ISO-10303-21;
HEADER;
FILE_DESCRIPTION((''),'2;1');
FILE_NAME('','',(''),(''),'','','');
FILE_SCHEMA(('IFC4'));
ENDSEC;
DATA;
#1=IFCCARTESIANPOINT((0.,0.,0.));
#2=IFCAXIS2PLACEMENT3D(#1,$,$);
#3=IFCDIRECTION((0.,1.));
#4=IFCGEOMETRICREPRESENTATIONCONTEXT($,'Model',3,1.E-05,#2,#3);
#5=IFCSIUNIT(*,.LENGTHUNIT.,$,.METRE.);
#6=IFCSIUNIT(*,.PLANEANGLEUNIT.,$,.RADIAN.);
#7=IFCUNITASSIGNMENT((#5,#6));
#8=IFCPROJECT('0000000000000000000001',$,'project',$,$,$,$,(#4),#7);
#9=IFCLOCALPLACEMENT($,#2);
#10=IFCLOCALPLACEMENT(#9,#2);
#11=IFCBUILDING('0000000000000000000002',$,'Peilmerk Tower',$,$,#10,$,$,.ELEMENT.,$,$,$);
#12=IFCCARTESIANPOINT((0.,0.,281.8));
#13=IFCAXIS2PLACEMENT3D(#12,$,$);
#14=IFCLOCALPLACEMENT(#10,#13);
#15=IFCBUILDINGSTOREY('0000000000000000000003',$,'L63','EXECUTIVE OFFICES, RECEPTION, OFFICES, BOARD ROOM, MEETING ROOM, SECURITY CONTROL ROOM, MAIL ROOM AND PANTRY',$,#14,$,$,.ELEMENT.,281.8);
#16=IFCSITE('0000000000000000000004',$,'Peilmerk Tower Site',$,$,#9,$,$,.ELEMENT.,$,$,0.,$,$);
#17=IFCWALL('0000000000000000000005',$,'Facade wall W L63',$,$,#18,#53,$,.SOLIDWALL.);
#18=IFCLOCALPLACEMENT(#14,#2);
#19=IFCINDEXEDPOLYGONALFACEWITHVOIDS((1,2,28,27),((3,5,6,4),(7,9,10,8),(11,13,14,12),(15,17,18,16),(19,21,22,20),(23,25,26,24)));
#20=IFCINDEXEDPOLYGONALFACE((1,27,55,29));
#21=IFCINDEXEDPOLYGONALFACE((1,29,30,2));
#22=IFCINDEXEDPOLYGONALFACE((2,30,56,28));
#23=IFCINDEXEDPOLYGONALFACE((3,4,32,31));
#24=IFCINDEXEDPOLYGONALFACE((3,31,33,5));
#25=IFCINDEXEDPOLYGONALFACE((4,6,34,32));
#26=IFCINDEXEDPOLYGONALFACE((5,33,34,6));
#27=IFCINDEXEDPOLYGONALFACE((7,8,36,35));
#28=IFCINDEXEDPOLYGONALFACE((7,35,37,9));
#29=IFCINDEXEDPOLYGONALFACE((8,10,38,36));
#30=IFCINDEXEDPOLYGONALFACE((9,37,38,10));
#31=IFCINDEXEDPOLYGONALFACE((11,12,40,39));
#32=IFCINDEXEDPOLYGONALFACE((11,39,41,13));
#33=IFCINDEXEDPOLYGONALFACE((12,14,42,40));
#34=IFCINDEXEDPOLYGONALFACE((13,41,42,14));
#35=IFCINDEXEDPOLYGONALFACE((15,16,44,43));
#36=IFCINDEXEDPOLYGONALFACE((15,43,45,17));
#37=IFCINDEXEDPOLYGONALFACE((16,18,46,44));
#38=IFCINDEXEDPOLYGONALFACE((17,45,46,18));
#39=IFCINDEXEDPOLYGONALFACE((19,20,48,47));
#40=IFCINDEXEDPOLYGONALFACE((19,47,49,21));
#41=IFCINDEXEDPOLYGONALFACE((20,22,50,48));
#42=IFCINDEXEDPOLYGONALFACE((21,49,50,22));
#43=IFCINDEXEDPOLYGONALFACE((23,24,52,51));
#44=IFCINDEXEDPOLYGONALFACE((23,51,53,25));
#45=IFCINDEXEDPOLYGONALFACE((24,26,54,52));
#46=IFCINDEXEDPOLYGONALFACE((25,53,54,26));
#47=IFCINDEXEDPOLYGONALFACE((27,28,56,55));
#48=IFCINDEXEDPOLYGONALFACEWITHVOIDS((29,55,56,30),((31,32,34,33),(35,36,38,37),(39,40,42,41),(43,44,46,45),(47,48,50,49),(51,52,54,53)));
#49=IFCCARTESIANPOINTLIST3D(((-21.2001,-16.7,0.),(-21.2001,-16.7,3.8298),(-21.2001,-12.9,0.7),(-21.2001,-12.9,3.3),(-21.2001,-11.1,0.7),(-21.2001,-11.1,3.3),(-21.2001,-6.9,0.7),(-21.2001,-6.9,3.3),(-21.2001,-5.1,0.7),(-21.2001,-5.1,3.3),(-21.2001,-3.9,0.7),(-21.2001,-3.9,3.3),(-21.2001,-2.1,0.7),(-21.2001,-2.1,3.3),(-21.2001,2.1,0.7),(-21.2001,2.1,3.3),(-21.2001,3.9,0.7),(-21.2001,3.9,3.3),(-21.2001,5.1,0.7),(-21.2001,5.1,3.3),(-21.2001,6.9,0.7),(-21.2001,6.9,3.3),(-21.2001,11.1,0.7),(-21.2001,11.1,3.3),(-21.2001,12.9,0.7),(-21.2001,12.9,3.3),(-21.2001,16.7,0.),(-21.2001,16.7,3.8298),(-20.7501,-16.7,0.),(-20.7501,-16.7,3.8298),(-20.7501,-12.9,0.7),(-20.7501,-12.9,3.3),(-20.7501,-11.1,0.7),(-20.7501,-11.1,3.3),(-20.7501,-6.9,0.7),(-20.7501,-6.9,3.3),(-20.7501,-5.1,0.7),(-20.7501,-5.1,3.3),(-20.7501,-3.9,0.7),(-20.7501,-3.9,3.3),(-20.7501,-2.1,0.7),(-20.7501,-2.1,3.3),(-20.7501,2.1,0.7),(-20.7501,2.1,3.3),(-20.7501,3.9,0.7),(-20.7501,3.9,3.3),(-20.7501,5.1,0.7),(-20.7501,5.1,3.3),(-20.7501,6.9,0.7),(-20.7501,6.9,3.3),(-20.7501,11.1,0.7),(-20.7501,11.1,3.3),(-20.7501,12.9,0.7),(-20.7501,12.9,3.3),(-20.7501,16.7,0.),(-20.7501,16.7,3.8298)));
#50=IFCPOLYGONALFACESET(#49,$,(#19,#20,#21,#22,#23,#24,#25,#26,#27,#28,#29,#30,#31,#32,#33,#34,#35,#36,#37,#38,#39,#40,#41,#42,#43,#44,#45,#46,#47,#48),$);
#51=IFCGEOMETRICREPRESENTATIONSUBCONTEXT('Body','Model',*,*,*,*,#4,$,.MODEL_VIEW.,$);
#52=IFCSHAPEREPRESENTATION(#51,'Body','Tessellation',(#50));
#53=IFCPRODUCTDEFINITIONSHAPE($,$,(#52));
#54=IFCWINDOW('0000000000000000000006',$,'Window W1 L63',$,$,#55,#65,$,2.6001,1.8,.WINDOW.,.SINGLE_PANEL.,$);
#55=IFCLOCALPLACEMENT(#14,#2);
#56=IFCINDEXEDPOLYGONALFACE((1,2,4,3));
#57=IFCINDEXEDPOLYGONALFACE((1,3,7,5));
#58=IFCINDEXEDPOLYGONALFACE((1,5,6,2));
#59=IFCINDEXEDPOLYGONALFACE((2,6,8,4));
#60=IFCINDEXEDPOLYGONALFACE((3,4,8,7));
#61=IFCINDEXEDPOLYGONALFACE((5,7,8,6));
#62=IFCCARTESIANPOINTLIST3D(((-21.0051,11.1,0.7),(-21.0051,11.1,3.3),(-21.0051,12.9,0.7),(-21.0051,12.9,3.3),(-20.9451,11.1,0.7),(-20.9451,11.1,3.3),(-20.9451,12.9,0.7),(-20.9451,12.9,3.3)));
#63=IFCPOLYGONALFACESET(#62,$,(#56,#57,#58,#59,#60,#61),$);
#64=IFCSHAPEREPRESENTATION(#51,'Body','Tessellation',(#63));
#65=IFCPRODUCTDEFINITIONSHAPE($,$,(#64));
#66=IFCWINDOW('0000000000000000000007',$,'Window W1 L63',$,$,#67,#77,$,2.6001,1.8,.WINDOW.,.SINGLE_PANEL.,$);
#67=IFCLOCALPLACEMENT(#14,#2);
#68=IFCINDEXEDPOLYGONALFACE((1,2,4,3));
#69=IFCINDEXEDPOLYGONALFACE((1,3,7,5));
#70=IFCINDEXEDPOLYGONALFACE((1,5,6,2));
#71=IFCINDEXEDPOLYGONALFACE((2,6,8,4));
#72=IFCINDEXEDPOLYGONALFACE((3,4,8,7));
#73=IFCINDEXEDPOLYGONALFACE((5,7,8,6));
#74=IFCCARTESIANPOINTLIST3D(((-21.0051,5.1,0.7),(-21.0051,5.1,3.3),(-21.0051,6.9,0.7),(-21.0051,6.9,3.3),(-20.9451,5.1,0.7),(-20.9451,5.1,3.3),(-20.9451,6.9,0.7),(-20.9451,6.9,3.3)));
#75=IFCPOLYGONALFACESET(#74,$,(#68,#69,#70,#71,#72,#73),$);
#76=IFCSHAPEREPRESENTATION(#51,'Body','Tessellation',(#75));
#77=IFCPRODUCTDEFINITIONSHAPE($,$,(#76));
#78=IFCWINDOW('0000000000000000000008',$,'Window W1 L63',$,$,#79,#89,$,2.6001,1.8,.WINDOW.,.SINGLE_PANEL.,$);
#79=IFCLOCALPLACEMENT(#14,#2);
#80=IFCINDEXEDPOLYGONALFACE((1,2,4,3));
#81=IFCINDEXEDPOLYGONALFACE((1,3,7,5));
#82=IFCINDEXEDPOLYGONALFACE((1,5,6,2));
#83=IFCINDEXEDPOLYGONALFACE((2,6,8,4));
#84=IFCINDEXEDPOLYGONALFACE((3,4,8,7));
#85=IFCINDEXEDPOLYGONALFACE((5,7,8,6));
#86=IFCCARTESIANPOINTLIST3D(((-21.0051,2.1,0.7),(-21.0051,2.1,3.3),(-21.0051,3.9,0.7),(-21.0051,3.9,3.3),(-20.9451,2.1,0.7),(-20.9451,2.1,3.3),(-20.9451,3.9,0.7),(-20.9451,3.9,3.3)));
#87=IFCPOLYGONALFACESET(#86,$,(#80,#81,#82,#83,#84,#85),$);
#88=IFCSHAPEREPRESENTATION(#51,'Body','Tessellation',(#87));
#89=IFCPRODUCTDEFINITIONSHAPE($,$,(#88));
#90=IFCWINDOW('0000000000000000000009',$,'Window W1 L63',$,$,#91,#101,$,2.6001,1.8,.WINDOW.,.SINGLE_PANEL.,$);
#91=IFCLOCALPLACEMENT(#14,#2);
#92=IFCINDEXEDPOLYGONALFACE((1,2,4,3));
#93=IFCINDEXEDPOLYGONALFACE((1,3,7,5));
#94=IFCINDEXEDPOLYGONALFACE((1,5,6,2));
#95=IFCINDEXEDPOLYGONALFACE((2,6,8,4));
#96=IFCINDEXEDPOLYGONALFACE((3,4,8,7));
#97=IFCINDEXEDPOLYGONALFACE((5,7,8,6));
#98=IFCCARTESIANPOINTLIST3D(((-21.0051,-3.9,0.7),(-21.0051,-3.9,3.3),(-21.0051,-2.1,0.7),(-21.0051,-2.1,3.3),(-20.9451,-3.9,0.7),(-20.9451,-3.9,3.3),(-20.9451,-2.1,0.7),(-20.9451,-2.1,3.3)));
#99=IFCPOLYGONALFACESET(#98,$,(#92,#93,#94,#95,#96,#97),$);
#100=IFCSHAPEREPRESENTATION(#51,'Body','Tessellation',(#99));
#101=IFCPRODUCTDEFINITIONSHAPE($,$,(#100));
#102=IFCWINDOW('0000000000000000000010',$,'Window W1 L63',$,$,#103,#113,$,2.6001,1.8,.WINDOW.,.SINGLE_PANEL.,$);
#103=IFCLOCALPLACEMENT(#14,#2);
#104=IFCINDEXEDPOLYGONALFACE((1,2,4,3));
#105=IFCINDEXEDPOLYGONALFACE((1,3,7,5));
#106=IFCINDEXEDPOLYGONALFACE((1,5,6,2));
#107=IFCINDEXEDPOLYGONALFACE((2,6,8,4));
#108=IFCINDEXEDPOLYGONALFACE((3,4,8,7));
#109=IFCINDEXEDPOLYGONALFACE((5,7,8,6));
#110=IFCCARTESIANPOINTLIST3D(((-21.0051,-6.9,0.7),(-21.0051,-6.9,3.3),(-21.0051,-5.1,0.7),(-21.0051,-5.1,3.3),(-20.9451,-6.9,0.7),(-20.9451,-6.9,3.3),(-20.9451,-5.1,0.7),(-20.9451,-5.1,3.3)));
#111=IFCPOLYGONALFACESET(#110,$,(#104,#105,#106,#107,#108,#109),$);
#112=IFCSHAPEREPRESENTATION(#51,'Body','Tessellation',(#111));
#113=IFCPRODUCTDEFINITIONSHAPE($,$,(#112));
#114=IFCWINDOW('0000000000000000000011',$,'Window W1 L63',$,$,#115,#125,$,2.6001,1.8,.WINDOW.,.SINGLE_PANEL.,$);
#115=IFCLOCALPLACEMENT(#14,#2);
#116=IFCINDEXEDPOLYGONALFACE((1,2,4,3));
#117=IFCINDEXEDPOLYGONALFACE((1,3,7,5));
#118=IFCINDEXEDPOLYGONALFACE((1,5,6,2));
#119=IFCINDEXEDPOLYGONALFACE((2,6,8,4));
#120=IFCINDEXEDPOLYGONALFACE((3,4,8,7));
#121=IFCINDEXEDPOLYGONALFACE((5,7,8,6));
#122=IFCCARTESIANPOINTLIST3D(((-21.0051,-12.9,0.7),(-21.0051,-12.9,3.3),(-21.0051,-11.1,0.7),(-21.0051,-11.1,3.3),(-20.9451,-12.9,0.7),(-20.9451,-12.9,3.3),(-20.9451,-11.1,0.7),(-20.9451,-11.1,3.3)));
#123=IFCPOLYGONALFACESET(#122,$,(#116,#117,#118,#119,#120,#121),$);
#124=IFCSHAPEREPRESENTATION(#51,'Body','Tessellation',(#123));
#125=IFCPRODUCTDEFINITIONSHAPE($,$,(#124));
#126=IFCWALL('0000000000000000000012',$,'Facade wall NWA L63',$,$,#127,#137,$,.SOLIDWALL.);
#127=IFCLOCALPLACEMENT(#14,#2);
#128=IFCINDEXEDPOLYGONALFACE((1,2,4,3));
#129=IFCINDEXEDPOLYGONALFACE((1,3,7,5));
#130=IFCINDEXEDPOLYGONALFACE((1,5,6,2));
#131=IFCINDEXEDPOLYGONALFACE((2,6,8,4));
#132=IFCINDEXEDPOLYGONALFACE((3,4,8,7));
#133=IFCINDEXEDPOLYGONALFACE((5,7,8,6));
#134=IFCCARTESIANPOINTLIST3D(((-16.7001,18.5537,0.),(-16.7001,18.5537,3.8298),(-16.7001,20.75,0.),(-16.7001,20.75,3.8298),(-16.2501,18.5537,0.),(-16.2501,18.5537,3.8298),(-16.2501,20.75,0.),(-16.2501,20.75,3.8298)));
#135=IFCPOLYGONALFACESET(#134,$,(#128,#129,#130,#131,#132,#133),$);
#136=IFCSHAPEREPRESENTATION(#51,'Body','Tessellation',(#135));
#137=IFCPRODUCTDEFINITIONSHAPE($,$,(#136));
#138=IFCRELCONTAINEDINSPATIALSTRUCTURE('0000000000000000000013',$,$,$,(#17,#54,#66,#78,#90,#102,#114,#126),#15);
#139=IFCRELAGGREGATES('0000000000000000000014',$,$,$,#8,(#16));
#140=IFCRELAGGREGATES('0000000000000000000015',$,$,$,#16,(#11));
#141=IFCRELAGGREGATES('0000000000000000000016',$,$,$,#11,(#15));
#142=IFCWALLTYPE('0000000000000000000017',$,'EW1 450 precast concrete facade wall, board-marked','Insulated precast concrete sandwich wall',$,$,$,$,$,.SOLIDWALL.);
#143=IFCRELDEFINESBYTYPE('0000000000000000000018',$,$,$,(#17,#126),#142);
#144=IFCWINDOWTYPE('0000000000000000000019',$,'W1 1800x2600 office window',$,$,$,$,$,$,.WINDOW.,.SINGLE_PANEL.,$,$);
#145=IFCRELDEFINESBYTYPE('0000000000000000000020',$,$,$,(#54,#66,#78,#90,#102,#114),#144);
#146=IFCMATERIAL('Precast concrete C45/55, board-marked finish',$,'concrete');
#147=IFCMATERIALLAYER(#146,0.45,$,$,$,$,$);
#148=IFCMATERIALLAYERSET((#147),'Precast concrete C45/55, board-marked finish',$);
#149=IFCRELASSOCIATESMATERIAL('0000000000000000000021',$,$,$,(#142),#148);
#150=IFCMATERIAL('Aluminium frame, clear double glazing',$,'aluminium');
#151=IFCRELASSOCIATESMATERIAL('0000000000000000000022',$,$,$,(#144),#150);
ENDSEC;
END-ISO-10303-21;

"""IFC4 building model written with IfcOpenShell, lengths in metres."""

from ifc_helpers import new_model, si_unit, direction, frame, frame_2d, origin, place, context, subcontext, project, spatial, rectangle, extrude, material, layer, layer_set, type_object, element, fill, save


model = new_model("IFC4")

# Units and contexts
model_context = context("Model", 3, precision=1e-05, world=origin(), true_north=direction((0.0, 1.0)))
body_context = subcontext(model_context, "Body", "Model", "MODEL_VIEW")
ifc_project = project(units=[si_unit("LENGTHUNIT", "METRE"), si_unit("PLANEANGLEUNIT", "RADIAN")], contexts=[model_context])

# Site, building, storey
site_placement = place(None, origin())
site = spatial("IfcSite", under=ifc_project, at=site_placement, Name="Peilmerk Tower Site", CompositionType="ELEMENT", RefElevation=0.0)
building_placement = place(site_placement, origin())
building = spatial("IfcBuilding", under=site, at=building_placement, Name="Peilmerk Tower", CompositionType="ELEMENT")
storey_placement = place(building_placement, frame((0.0, 0.0, 281.8)))
storey = spatial("IfcBuildingStorey", under=building, at=storey_placement, Name="L63", Description="EXECUTIVE OFFICES, RECEPTION, OFFICES, BOARD ROOM, MEETING ROOM, SECURITY CONTROL ROOM, MAIL ROOM AND PANTRY", CompositionType="ELEMENT", Elevation=281.8)

# Wall, openings, windows
ifc_material_1 = material(Name="Precast concrete C45/55, board-marked finish", Category="concrete")
ifc_layer_1 = layer(ifc_material_1, 0.45)
ifc_layer_set_1 = layer_set([ifc_layer_1], Name="Precast concrete C45/55, board-marked finish")
wall_type = type_object("IfcWallType", Name="EW1 450 precast concrete facade wall, board-marked", Description="Insulated precast concrete sandwich wall", PredefinedType="SOLIDWALL", material=ifc_layer_set_1)
wall_1_placement = place(storey_placement, frame((-20.9751, 16.7, 0.0), z_axis=(0.0, 0.0, 1.0), x_axis=(0.0, -1.0, 0.0)))
wall_1 = element("IfcWall", 1, at=wall_1_placement, inside=storey, type_object=wall_type, Name="Facade wall W L63", PredefinedType="SOLIDWALL", context=body_context, shape_type="SweptSolid", body=[
    extrude(rectangle(XDim=33.3999, YDim=0.45, at=frame_2d((16.7, 0.0))), origin(), (0.0, 0.0, 1.0), 3.8298),
])
opening_1_placement = place(wall_1_placement, frame((3.8, 0.0, 0.7)))
opening_1 = element("IfcOpeningElement", 2, at=opening_1_placement, cuts=wall_1, PredefinedType="OPENING", context=body_context, shape_type="SweptSolid", body=[
    extrude(rectangle(XDim=1.8, YDim=2.6001, at=frame_2d((0.8999, 1.3))), frame((0.0, 0.2349, 0.0), z_axis=(0.0, -1.0, 0.0), x_axis=(1.0, 0.0, 0.0)), (0.0, 0.0, 1.0), 0.47),
])
opening_2_placement = place(wall_1_placement, frame((9.8, 0.0, 0.7)))
opening_2 = element("IfcOpeningElement", 3, at=opening_2_placement, cuts=wall_1, PredefinedType="OPENING", context=body_context, shape_type="SweptSolid", body=[
    extrude(rectangle(XDim=1.8, YDim=2.6001, at=frame_2d((0.8999, 1.3))), frame((0.0, 0.2349, 0.0), z_axis=(0.0, -1.0, 0.0), x_axis=(1.0, 0.0, 0.0)), (0.0, 0.0, 1.0), 0.47),
])
opening_3_placement = place(wall_1_placement, frame((12.8, 0.0, 0.7)))
opening_3 = element("IfcOpeningElement", 4, at=opening_3_placement, cuts=wall_1, PredefinedType="OPENING", context=body_context, shape_type="SweptSolid", body=[
    extrude(rectangle(XDim=1.8, YDim=2.6001, at=frame_2d((0.8999, 1.3))), frame((0.0, 0.2349, 0.0), z_axis=(0.0, -1.0, 0.0), x_axis=(1.0, 0.0, 0.0)), (0.0, 0.0, 1.0), 0.47),
])
opening_4_placement = place(wall_1_placement, frame((18.8, 0.0, 0.7)))
opening_4 = element("IfcOpeningElement", 5, at=opening_4_placement, cuts=wall_1, PredefinedType="OPENING", context=body_context, shape_type="SweptSolid", body=[
    extrude(rectangle(XDim=1.8, YDim=2.6001, at=frame_2d((0.8999, 1.3))), frame((0.0, 0.2349, 0.0), z_axis=(0.0, -1.0, 0.0), x_axis=(1.0, 0.0, 0.0)), (0.0, 0.0, 1.0), 0.47),
])
opening_5_placement = place(wall_1_placement, frame((21.8, 0.0, 0.7)))
opening_5 = element("IfcOpeningElement", 6, at=opening_5_placement, cuts=wall_1, PredefinedType="OPENING", context=body_context, shape_type="SweptSolid", body=[
    extrude(rectangle(XDim=1.8, YDim=2.6001, at=frame_2d((0.8999, 1.3))), frame((0.0, 0.2349, 0.0), z_axis=(0.0, -1.0, 0.0), x_axis=(1.0, 0.0, 0.0)), (0.0, 0.0, 1.0), 0.47),
])
opening_6_placement = place(wall_1_placement, frame((27.8, 0.0, 0.7)))
opening_6 = element("IfcOpeningElement", 7, at=opening_6_placement, cuts=wall_1, PredefinedType="OPENING", context=body_context, shape_type="SweptSolid", body=[
    extrude(rectangle(XDim=1.8, YDim=2.6001, at=frame_2d((0.8999, 1.3))), frame((0.0, 0.2349, 0.0), z_axis=(0.0, -1.0, 0.0), x_axis=(1.0, 0.0, 0.0)), (0.0, 0.0, 1.0), 0.47),
])
ifc_material_2 = material(Name="Aluminium frame, clear double glazing", Category="aluminium")
window_type = type_object("IfcWindowType", Name="W1 1800x2600 office window", PartitioningType="SINGLE_PANEL", PredefinedType="WINDOW", material=ifc_material_2)
window_1_placement = place(opening_1_placement, origin())
window_1 = element("IfcWindow", 8, at=window_1_placement, inside=storey, type_object=window_type, Name="Window W1 L63", OverallHeight=2.6001, OverallWidth=1.8, PartitioningType="SINGLE_PANEL", PredefinedType="WINDOW", context=body_context, shape_type="SweptSolid", body=[
    extrude(rectangle(XDim=1.8, YDim=2.6001, at=frame_2d((0.8999, 1.3))), frame((0.0, 0.03, 0.0), z_axis=(0.0, -1.0, 0.0), x_axis=(1.0, 0.0, 0.0)), (0.0, 0.0, 1.0), 0.0601),
])
fill(opening_1, window_1)
window_2_placement = place(opening_2_placement, origin())
window_2 = element("IfcWindow", 9, at=window_2_placement, inside=storey, type_object=window_type, Name="Window W1 L63", OverallHeight=2.6001, OverallWidth=1.8, PartitioningType="SINGLE_PANEL", PredefinedType="WINDOW", context=body_context, shape_type="SweptSolid", body=[
    extrude(rectangle(XDim=1.8, YDim=2.6001, at=frame_2d((0.8999, 1.3))), frame((0.0, 0.03, 0.0), z_axis=(0.0, -1.0, 0.0), x_axis=(1.0, 0.0, 0.0)), (0.0, 0.0, 1.0), 0.0601),
])
fill(opening_2, window_2)
window_3_placement = place(opening_3_placement, origin())
window_3 = element("IfcWindow", 10, at=window_3_placement, inside=storey, type_object=window_type, Name="Window W1 L63", OverallHeight=2.6001, OverallWidth=1.8, PartitioningType="SINGLE_PANEL", PredefinedType="WINDOW", context=body_context, shape_type="SweptSolid", body=[
    extrude(rectangle(XDim=1.8, YDim=2.6001, at=frame_2d((0.8999, 1.3))), frame((0.0, 0.03, 0.0), z_axis=(0.0, -1.0, 0.0), x_axis=(1.0, 0.0, 0.0)), (0.0, 0.0, 1.0), 0.0601),
])
fill(opening_3, window_3)
window_4_placement = place(opening_4_placement, origin())
window_4 = element("IfcWindow", 11, at=window_4_placement, inside=storey, type_object=window_type, Name="Window W1 L63", OverallHeight=2.6001, OverallWidth=1.8, PartitioningType="SINGLE_PANEL", PredefinedType="WINDOW", context=body_context, shape_type="SweptSolid", body=[
    extrude(rectangle(XDim=1.8, YDim=2.6001, at=frame_2d((0.8999, 1.3))), frame((0.0, 0.03, 0.0), z_axis=(0.0, -1.0, 0.0), x_axis=(1.0, 0.0, 0.0)), (0.0, 0.0, 1.0), 0.0601),
])
fill(opening_4, window_4)
window_5_placement = place(opening_5_placement, origin())
window_5 = element("IfcWindow", 12, at=window_5_placement, inside=storey, type_object=window_type, Name="Window W1 L63", OverallHeight=2.6001, OverallWidth=1.8, PartitioningType="SINGLE_PANEL", PredefinedType="WINDOW", context=body_context, shape_type="SweptSolid", body=[
    extrude(rectangle(XDim=1.8, YDim=2.6001, at=frame_2d((0.8999, 1.3))), frame((0.0, 0.03, 0.0), z_axis=(0.0, -1.0, 0.0), x_axis=(1.0, 0.0, 0.0)), (0.0, 0.0, 1.0), 0.0601),
])
fill(opening_5, window_5)
window_6_placement = place(opening_6_placement, origin())
window_6 = element("IfcWindow", 13, at=window_6_placement, inside=storey, type_object=window_type, Name="Window W1 L63", OverallHeight=2.6001, OverallWidth=1.8, PartitioningType="SINGLE_PANEL", PredefinedType="WINDOW", context=body_context, shape_type="SweptSolid", body=[
    extrude(rectangle(XDim=1.8, YDim=2.6001, at=frame_2d((0.8999, 1.3))), frame((0.0, 0.03, 0.0), z_axis=(0.0, -1.0, 0.0), x_axis=(1.0, 0.0, 0.0)), (0.0, 0.0, 1.0), 0.0601),
])
fill(opening_6, window_6)

# Wall
wall_2_placement = place(storey_placement, frame((-16.4751, 18.5537, 0.0), z_axis=(0.0, 0.0, 1.0), x_axis=(0.0, 1.0, 0.0)))
element("IfcWall", 14, at=wall_2_placement, inside=storey, type_object=wall_type, Name="Facade wall NWA L63", PredefinedType="SOLIDWALL", context=body_context, shape_type="SweptSolid", body=[
    extrude(rectangle(XDim=2.1963, YDim=0.45, at=frame_2d((1.0981, 0.0))), origin(), (0.0, 0.0, 1.0), 3.8298),
])

save(model, "model.ifc")
